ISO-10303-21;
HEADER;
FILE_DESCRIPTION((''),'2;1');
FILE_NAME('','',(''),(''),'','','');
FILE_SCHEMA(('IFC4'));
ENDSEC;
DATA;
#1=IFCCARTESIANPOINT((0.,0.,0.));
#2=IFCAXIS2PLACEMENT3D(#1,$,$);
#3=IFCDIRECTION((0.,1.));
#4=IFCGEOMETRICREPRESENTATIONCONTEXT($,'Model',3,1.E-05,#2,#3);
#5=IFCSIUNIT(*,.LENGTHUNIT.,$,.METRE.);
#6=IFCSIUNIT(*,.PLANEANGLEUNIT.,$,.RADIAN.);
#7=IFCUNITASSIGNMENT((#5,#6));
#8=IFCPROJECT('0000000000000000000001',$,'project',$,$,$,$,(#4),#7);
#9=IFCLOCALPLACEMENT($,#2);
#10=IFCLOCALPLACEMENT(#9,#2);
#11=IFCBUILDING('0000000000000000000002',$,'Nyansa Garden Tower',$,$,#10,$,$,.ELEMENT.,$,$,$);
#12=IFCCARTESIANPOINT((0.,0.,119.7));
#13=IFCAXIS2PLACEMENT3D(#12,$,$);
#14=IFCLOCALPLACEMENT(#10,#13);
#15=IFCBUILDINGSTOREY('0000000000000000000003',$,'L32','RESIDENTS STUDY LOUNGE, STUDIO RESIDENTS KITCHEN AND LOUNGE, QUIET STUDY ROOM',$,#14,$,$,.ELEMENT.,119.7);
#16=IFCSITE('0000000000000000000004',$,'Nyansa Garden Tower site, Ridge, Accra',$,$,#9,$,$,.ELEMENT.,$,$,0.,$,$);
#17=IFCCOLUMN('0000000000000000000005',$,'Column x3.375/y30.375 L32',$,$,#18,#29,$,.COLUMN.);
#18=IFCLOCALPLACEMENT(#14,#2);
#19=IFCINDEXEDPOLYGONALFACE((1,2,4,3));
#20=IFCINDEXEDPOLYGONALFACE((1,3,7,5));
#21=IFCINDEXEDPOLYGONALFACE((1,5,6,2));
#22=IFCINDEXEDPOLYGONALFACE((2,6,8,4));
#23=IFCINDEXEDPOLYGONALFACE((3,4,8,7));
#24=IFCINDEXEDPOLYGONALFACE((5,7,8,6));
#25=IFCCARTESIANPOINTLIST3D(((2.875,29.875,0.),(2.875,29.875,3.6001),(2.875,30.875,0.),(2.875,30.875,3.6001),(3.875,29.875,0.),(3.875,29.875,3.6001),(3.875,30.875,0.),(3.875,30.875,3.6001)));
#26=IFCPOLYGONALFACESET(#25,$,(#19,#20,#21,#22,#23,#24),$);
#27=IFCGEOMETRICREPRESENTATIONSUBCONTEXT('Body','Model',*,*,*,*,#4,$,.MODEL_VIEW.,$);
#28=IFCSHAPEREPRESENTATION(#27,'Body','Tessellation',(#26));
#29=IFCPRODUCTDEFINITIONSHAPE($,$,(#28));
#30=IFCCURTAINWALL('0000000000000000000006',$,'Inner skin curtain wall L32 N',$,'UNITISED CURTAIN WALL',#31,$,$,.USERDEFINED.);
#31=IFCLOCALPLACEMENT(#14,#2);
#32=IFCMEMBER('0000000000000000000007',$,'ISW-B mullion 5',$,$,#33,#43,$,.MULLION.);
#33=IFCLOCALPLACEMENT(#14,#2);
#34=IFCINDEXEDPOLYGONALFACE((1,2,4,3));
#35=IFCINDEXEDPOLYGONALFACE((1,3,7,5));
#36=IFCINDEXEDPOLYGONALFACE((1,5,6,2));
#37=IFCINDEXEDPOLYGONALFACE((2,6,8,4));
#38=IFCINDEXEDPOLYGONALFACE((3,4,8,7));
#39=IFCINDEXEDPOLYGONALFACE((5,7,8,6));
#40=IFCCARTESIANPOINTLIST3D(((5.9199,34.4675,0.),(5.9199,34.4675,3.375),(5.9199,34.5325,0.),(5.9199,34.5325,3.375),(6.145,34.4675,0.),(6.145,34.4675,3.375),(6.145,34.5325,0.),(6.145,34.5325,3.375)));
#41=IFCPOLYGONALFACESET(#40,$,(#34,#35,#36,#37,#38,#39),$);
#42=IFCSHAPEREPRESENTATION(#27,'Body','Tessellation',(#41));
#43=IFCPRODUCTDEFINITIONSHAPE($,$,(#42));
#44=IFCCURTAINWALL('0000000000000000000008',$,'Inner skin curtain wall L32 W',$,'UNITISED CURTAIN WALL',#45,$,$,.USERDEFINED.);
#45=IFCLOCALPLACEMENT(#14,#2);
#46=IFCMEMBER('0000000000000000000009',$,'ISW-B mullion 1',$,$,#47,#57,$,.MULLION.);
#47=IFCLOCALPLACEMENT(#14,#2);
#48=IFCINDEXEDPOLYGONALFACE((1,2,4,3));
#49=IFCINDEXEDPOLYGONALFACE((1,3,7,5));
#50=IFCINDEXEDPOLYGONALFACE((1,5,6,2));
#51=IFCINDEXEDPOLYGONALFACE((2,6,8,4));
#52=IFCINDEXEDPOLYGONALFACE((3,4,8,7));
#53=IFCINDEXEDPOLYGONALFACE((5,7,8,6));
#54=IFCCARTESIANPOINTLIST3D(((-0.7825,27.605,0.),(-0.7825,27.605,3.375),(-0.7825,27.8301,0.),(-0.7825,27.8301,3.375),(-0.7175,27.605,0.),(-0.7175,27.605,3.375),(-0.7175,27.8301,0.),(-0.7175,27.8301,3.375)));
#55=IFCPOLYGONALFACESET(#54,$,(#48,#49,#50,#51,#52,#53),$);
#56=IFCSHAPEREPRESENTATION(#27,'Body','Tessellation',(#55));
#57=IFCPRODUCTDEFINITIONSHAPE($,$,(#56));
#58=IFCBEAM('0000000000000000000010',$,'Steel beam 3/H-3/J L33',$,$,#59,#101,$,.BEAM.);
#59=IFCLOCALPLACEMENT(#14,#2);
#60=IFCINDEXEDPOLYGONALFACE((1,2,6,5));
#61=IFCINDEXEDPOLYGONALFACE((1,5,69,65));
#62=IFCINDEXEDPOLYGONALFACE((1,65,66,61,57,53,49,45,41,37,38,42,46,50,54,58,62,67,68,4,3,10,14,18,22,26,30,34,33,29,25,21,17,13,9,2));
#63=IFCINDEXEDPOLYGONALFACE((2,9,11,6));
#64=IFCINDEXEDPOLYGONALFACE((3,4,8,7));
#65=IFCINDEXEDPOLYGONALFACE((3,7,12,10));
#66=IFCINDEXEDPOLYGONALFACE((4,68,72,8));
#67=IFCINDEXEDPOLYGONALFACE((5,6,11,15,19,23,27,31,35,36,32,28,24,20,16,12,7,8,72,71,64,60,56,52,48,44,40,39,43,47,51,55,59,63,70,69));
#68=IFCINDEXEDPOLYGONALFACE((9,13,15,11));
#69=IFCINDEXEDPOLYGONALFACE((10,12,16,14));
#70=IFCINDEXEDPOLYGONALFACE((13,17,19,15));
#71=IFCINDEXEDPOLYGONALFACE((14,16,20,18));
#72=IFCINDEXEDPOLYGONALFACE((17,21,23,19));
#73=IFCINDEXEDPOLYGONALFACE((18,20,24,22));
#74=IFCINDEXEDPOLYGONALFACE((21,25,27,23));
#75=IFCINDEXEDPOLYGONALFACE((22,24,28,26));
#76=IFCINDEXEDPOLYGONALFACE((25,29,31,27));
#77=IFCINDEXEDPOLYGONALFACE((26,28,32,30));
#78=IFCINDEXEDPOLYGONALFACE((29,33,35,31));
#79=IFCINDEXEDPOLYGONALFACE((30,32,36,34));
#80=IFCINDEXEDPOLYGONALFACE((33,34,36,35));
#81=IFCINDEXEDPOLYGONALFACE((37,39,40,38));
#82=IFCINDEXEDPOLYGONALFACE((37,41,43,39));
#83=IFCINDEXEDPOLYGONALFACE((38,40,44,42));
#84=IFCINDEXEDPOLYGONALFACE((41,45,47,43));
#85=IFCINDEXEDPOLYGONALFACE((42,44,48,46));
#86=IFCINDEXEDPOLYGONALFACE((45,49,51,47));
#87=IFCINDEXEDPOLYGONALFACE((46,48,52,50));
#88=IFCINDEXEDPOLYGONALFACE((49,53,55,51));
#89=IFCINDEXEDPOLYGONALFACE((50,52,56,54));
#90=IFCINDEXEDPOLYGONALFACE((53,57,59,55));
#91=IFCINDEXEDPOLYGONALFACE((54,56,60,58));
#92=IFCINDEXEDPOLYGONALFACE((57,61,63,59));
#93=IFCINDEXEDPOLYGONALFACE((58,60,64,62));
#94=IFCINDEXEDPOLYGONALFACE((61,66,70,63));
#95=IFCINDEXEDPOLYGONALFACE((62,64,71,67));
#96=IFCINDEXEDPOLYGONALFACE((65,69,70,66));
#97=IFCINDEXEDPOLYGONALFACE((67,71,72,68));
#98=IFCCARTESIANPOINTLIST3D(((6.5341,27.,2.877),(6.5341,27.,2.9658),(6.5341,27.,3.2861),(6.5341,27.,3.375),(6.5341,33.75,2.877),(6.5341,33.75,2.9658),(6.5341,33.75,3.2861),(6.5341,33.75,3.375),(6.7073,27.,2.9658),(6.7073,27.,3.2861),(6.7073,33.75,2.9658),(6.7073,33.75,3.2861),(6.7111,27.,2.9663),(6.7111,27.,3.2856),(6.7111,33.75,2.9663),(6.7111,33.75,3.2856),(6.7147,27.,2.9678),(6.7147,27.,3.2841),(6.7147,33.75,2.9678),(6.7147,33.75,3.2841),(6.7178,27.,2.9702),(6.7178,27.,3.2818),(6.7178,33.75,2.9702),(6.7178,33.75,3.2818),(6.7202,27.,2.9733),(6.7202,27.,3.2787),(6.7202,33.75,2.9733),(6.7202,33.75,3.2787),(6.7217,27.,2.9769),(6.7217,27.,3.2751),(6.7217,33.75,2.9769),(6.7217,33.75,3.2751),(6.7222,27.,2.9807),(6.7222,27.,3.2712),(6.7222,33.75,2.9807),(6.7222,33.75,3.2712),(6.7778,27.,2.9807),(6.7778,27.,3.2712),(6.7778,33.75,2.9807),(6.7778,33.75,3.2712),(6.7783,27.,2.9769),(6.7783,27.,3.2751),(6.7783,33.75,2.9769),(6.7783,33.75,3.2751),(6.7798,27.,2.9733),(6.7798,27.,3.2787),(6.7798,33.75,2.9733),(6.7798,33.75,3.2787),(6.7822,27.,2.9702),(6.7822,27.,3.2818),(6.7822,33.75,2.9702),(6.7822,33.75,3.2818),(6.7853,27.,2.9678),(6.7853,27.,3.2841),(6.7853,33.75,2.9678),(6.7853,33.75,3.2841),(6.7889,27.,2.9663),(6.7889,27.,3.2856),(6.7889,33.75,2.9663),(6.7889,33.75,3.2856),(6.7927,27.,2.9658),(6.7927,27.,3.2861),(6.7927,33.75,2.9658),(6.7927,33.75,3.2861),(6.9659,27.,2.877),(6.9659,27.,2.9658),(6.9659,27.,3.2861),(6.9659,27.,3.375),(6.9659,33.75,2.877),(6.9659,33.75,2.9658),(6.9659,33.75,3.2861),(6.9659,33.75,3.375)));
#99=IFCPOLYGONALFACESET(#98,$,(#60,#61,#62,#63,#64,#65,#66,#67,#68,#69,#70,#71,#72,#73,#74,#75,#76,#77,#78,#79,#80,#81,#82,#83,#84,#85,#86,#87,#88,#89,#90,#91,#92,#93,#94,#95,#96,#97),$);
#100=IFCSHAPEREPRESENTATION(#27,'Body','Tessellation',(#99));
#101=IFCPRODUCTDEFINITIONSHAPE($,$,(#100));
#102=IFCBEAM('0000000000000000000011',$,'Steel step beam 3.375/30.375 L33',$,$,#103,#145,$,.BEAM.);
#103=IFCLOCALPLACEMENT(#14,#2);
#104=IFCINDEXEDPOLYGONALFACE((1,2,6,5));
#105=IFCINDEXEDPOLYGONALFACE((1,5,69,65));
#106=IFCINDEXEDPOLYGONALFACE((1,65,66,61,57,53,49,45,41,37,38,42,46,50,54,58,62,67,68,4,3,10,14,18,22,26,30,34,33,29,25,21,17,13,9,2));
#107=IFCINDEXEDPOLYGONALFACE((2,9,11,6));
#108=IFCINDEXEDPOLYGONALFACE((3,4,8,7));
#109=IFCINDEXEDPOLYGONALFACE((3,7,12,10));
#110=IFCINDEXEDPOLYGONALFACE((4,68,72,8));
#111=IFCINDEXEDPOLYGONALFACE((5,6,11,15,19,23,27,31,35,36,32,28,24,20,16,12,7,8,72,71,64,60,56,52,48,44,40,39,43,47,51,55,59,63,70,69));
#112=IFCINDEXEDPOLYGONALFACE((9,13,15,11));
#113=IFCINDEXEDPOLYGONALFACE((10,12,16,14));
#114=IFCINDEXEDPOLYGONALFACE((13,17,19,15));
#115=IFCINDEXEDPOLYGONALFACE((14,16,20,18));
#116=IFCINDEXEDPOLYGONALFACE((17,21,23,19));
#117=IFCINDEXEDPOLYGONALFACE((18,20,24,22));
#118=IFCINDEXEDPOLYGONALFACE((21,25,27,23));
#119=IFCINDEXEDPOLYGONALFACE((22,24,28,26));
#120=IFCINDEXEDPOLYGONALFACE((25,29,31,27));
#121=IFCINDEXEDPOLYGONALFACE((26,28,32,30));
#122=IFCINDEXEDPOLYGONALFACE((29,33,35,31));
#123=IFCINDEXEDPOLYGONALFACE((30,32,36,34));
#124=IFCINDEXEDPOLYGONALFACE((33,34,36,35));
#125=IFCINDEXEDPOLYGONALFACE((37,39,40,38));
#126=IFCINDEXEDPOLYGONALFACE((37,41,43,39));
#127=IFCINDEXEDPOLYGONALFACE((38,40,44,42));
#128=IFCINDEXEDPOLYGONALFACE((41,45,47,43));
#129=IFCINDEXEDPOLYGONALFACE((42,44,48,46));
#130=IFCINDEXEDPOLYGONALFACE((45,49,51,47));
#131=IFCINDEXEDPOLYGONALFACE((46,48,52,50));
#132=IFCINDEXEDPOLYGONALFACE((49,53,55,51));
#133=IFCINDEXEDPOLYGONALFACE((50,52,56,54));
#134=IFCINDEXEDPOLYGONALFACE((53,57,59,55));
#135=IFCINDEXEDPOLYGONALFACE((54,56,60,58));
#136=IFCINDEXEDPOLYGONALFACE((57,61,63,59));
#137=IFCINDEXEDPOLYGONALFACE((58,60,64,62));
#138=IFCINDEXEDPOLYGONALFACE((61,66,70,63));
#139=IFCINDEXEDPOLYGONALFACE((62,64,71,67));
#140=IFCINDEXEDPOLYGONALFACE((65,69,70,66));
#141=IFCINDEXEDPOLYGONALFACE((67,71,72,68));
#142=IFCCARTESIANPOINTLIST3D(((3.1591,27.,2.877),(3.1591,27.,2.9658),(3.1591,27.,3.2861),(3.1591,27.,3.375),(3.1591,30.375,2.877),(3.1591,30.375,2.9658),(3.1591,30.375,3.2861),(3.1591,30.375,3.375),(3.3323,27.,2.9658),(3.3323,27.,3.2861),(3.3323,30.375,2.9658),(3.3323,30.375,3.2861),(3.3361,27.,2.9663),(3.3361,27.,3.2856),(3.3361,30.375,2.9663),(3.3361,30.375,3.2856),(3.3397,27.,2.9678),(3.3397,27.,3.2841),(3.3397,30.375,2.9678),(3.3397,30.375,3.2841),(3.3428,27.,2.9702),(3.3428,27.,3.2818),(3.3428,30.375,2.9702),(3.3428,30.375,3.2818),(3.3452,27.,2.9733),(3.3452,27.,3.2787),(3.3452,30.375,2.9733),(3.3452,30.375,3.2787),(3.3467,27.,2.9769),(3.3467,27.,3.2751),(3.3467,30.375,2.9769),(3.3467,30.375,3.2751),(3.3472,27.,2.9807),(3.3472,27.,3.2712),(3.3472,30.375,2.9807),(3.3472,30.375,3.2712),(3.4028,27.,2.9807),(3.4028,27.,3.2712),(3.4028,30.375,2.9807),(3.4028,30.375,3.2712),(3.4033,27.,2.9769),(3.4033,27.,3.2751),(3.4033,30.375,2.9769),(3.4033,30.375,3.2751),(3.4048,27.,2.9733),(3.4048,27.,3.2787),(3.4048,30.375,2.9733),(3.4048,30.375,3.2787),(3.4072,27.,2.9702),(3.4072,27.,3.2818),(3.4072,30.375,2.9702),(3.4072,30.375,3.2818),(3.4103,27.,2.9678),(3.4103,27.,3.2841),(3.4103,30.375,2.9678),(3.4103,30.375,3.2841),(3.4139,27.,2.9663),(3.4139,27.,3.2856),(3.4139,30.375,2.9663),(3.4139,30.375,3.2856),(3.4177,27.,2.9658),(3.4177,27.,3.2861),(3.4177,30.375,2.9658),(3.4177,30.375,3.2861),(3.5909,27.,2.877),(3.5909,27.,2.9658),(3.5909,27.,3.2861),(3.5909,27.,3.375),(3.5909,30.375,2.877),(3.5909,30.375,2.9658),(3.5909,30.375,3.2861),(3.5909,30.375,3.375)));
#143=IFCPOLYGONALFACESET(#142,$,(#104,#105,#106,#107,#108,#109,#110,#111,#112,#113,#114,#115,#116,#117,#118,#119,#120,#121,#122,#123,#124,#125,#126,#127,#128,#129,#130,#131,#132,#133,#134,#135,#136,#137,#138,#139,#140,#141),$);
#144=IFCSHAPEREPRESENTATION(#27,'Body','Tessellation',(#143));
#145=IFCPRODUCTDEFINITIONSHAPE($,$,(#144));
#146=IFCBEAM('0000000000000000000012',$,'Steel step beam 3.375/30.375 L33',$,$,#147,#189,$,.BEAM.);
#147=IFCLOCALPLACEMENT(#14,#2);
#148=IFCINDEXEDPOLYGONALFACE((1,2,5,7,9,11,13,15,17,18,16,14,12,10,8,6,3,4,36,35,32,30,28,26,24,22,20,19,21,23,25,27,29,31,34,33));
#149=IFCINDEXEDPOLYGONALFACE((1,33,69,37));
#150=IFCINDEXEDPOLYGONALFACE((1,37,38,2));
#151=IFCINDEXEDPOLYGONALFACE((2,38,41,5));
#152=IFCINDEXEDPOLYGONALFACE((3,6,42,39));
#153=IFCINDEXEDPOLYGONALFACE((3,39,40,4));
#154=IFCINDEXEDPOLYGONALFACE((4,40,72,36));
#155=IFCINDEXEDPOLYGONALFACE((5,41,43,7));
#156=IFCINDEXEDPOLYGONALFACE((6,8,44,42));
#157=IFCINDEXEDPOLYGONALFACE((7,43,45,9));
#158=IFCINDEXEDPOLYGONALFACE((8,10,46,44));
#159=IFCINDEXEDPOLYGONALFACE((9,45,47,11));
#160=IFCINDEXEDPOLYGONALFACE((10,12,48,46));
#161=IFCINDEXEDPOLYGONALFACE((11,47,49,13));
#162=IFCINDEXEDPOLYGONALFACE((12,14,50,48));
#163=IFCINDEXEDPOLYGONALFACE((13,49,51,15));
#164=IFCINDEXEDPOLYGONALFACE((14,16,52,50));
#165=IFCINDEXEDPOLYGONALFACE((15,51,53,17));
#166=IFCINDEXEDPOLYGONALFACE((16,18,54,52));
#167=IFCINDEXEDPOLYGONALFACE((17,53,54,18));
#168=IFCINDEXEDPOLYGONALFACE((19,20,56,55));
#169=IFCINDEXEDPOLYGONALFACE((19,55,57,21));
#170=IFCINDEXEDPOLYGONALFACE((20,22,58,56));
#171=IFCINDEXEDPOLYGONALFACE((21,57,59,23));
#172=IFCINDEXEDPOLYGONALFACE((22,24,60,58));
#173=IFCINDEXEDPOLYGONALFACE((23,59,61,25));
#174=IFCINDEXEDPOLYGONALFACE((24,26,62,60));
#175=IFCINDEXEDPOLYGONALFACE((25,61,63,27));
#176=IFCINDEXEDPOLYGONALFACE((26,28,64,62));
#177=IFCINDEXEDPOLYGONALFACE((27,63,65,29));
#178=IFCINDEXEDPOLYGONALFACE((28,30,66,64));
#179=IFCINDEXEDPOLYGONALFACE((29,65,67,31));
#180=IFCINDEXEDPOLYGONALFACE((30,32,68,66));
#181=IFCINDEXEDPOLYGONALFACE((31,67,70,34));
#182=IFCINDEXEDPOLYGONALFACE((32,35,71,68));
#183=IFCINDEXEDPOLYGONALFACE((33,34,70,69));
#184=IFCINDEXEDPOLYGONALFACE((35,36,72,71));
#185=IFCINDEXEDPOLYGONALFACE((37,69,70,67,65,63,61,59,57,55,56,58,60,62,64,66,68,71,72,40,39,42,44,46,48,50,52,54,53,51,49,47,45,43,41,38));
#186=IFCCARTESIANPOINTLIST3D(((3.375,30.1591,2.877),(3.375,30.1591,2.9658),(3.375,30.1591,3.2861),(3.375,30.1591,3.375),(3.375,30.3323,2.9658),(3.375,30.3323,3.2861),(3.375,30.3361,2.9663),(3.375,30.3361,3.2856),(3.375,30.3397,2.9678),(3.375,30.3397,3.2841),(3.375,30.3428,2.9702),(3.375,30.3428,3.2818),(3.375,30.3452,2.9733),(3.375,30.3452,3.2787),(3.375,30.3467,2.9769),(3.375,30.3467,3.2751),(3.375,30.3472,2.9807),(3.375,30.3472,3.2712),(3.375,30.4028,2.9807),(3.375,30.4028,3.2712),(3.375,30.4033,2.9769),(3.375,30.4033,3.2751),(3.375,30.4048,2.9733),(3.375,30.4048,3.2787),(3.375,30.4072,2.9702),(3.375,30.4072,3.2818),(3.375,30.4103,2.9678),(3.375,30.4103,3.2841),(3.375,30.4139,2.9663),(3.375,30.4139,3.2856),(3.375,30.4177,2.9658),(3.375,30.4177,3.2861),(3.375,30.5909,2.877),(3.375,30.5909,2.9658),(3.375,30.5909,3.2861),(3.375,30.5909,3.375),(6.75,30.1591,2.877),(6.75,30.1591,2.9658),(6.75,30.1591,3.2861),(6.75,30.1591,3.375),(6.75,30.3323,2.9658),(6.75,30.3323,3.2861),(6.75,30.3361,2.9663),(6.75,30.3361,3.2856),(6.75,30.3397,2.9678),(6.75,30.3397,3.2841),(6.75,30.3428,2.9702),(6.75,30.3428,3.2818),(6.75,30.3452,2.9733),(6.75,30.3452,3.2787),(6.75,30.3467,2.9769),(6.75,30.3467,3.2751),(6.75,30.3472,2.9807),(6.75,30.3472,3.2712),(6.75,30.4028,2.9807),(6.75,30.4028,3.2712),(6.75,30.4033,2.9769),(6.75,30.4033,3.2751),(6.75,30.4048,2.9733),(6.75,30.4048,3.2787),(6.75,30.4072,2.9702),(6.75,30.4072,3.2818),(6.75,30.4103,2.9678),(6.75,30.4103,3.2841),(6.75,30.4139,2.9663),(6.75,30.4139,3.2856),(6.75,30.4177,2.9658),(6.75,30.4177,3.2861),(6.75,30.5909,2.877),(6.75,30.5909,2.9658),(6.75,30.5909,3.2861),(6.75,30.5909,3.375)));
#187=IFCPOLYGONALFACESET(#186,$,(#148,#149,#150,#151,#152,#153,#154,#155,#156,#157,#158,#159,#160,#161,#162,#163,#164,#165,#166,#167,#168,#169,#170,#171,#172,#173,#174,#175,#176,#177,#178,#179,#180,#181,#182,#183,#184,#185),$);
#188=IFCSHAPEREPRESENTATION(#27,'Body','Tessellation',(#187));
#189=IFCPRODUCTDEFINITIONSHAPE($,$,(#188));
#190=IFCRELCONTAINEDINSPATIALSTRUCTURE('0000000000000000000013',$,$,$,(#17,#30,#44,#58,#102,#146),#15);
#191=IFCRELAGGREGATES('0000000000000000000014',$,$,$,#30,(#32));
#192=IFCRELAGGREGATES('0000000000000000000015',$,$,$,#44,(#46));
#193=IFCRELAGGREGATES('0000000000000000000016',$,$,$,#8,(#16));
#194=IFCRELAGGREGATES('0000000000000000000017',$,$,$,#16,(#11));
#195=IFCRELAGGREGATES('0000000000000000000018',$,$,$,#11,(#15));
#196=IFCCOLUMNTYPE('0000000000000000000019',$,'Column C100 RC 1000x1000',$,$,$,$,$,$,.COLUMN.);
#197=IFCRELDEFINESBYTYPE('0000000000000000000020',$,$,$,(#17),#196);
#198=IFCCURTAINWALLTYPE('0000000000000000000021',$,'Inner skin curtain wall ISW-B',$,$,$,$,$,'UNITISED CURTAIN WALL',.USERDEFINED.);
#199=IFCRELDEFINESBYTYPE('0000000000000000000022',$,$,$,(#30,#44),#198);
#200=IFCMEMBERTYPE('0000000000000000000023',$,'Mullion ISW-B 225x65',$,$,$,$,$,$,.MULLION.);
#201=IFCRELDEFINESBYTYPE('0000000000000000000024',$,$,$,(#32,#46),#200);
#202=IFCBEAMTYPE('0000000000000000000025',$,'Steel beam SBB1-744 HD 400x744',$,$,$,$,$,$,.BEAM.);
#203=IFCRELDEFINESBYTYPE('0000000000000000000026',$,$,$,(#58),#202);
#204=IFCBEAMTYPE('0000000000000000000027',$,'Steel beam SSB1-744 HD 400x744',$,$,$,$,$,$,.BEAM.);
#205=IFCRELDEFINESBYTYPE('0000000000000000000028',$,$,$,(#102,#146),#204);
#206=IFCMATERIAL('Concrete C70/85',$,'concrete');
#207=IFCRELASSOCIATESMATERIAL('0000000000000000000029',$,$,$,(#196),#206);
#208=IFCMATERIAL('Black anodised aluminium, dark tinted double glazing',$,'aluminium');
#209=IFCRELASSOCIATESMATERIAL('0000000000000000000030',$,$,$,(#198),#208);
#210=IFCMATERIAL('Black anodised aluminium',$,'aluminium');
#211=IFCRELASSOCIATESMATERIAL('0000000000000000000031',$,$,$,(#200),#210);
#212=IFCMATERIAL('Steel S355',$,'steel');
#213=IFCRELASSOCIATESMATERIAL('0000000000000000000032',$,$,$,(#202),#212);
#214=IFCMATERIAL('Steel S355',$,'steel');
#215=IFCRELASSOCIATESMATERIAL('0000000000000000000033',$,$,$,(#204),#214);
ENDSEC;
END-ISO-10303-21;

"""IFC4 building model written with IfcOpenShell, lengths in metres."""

from ifc_helpers import new_model, si_unit, direction, frame, origin, origin_2d, place, context, subcontext, project, spatial, rectangle, i_section, extrude, material, material_profile, profile_set, type_object, element, aggregate, save


model = new_model("IFC4")

# Units and contexts
model_context = context("Model", 3, precision=1e-05, world=origin(), true_north=direction((0.0, 1.0)))
body_context = subcontext(model_context, "Body", "Model", "MODEL_VIEW")
ifc_project = project(units=[si_unit("LENGTHUNIT", "METRE"), si_unit("PLANEANGLEUNIT", "RADIAN")], contexts=[model_context])

# Site, building, storey
site_placement = place(None, origin())
site = spatial("IfcSite", under=ifc_project, at=site_placement, Name="Nyansa Garden Tower site, Ridge, Accra", CompositionType="ELEMENT", RefElevation=0.0)
building_placement = place(site_placement, origin())
building = spatial("IfcBuilding", under=site, at=building_placement, Name="Nyansa Garden Tower", CompositionType="ELEMENT")
storey_placement = place(building_placement, frame((0.0, 0.0, 119.7)))
storey = spatial("IfcBuildingStorey", under=building, at=storey_placement, Name="L32", Description="RESIDENTS STUDY LOUNGE, STUDIO RESIDENTS KITCHEN AND LOUNGE, QUIET STUDY ROOM", CompositionType="ELEMENT", Elevation=119.7)

# Column
ifc_material_1 = material(Name="Concrete C70/85", Category="concrete")
ifc_material_profile_1 = material_profile(ifc_material_1, rectangle(XDim=1.0, YDim=1.0, at=origin_2d()), Name="RC 1000x1000")
ifc_profile_set_1 = profile_set([ifc_material_profile_1], Name="Concrete C70/85")
column_type = type_object("IfcColumnType", Name="Column C100 RC 1000x1000", PredefinedType="COLUMN", material=ifc_profile_set_1)
column_placement = place(storey_placement, frame((3.375, 30.375, 0.0), z_axis=(0.0, 0.0, 1.0), x_axis=(1.0, 0.0, 0.0)))
element("IfcColumn", 1, at=column_placement, inside=storey, type_object=column_type, Name="Column x3.375/y30.375 L32", PredefinedType="COLUMN", context=body_context, shape_type="SweptSolid", body=[
    extrude(rectangle(XDim=1.0, YDim=1.0, at=origin_2d()), origin(), (0.0, 0.0, 1.0), 3.6001),
])

# Curtain walls, members
ifc_material_2 = material(Name="Black anodised aluminium, dark tinted double glazing", Category="aluminium")
curtain_wall_type = type_object("IfcCurtainWallType", Name="Inner skin curtain wall ISW-B", ElementType="UNITISED CURTAIN WALL", PredefinedType="USERDEFINED", material=ifc_material_2)
curtain_wall_1_placement = place(storey_placement, origin())
curtain_wall_1 = element("IfcCurtainWall", 2, at=curtain_wall_1_placement, inside=storey, type_object=curtain_wall_type, Name="Inner skin curtain wall L32 N", ObjectType="UNITISED CURTAIN WALL", PredefinedType="USERDEFINED")
ifc_material_3 = material(Name="Black anodised aluminium", Category="aluminium")
ifc_material_profile_2 = material_profile(ifc_material_3, rectangle(XDim=0.0649, YDim=0.2251, at=origin_2d()), Name="Mullion 225x65")
ifc_profile_set_2 = profile_set([ifc_material_profile_2], Name="Black anodised aluminium")
member_type_1 = type_object("IfcMemberType", Name="Mullion ISW-B 225x65", PredefinedType="MULLION", material=ifc_profile_set_2)
member_1_placement = place(storey_placement, frame((6.0325, 34.5, 0.0), z_axis=(0.0, 0.0, 1.0), x_axis=(0.0, -1.0, 0.0)))
member_1 = element("IfcMember", 3, at=member_1_placement, type_object=member_type_1, Name="ISW-B mullion 5", PredefinedType="MULLION", context=body_context, shape_type="SweptSolid", body=[
    extrude(rectangle(XDim=0.0649, YDim=0.2251, at=origin_2d()), origin(), (0.0, 0.0, 1.0), 3.375),
])
aggregate(curtain_wall_1, [member_1])
curtain_wall_2_placement = place(storey_placement, origin())
curtain_wall_2 = element("IfcCurtainWall", 4, at=curtain_wall_2_placement, inside=storey, type_object=curtain_wall_type, Name="Inner skin curtain wall L32 W", ObjectType="UNITISED CURTAIN WALL", PredefinedType="USERDEFINED")
member_2_placement = place(storey_placement, frame((-0.75, 27.7175, 0.0), z_axis=(0.0, 0.0, 1.0), x_axis=(1.0, 0.0, 0.0)))
member_2 = element("IfcMember", 5, at=member_2_placement, type_object=member_type_1, Name="ISW-B mullion 1", PredefinedType="MULLION", context=body_context, shape_type="SweptSolid", body=[
    extrude(rectangle(XDim=0.0649, YDim=0.2251, at=origin_2d()), origin(), (0.0, 0.0, 1.0), 3.375),
])

# Beams
ifc_material_4 = material(Name="Steel S355", Category="steel")
ifc_material_profile_3 = material_profile(ifc_material_4, i_section(OverallWidth=0.4319, OverallDepth=0.498, WebThickness=0.0557, FlangeThickness=0.0889, FilletRadius=0.0149, at=origin_2d()), Name="HD 400x744")
ifc_profile_set_3 = profile_set([ifc_material_profile_3], Name="Steel S355")
beam_type_1 = type_object("IfcBeamType", Name="Steel beam SBB1-744 HD 400x744", PredefinedType="BEAM", material=ifc_profile_set_3)
beam_placement = place(storey_placement, frame((6.75, 27.0, 3.126), z_axis=(0.0, 1.0, 0.0), x_axis=(-1.0, 0.0, 0.0)))
element("IfcBeam", 6, at=beam_placement, inside=storey, type_object=beam_type_1, Name="Steel beam 3/H-3/J L33", PredefinedType="BEAM", context=body_context, shape_type="SweptSolid", body=[
    extrude(i_section(OverallWidth=0.4319, OverallDepth=0.498, WebThickness=0.0557, FlangeThickness=0.0889, FilletRadius=0.0149, at=origin_2d()), origin(), (0.0, 0.0, 1.0), 6.75),
])
ifc_material_5 = material(Name="Steel S355", Category="steel")
ifc_material_profile_4 = material_profile(ifc_material_5, i_section(OverallWidth=0.4319, OverallDepth=0.498, WebThickness=0.0557, FlangeThickness=0.0889, FilletRadius=0.0149, at=origin_2d()), Name="HD 400x744")
ifc_profile_set_4 = profile_set([ifc_material_profile_4], Name="Steel S355")
beam_type_2 = type_object("IfcBeamType", Name="Steel beam SSB1-744 HD 400x744", PredefinedType="BEAM", material=ifc_profile_set_4)
for number, where, z_axis, x_axis, name in (
    (7, (3.375, 30.375, 3.126), (0.0, -1.0, 0.0), (1.0, 0.0, 0.0), "Steel step beam 3.375/30.375 L33"),
    (8, (3.375, 30.375, 3.126), (1.0, 0.0, 0.0), (0.0, 1.0, 0.0), "Steel step beam 3.375/30.375 L33"),
):
    element("IfcBeam", number, at=place(storey_placement, frame(where, z_axis=z_axis, x_axis=x_axis)), inside=storey, type_object=beam_type_2, Name=name, PredefinedType="BEAM", context=body_context, shape_type="SweptSolid", body=[
        extrude(i_section(OverallWidth=0.4319, OverallDepth=0.498, WebThickness=0.0557, FlangeThickness=0.0889, FilletRadius=0.0149, at=origin_2d()), origin(), (0.0, 0.0, 1.0), 3.375),
    ])

aggregate(curtain_wall_2, [member_2])

save(model, "model.ifc")
